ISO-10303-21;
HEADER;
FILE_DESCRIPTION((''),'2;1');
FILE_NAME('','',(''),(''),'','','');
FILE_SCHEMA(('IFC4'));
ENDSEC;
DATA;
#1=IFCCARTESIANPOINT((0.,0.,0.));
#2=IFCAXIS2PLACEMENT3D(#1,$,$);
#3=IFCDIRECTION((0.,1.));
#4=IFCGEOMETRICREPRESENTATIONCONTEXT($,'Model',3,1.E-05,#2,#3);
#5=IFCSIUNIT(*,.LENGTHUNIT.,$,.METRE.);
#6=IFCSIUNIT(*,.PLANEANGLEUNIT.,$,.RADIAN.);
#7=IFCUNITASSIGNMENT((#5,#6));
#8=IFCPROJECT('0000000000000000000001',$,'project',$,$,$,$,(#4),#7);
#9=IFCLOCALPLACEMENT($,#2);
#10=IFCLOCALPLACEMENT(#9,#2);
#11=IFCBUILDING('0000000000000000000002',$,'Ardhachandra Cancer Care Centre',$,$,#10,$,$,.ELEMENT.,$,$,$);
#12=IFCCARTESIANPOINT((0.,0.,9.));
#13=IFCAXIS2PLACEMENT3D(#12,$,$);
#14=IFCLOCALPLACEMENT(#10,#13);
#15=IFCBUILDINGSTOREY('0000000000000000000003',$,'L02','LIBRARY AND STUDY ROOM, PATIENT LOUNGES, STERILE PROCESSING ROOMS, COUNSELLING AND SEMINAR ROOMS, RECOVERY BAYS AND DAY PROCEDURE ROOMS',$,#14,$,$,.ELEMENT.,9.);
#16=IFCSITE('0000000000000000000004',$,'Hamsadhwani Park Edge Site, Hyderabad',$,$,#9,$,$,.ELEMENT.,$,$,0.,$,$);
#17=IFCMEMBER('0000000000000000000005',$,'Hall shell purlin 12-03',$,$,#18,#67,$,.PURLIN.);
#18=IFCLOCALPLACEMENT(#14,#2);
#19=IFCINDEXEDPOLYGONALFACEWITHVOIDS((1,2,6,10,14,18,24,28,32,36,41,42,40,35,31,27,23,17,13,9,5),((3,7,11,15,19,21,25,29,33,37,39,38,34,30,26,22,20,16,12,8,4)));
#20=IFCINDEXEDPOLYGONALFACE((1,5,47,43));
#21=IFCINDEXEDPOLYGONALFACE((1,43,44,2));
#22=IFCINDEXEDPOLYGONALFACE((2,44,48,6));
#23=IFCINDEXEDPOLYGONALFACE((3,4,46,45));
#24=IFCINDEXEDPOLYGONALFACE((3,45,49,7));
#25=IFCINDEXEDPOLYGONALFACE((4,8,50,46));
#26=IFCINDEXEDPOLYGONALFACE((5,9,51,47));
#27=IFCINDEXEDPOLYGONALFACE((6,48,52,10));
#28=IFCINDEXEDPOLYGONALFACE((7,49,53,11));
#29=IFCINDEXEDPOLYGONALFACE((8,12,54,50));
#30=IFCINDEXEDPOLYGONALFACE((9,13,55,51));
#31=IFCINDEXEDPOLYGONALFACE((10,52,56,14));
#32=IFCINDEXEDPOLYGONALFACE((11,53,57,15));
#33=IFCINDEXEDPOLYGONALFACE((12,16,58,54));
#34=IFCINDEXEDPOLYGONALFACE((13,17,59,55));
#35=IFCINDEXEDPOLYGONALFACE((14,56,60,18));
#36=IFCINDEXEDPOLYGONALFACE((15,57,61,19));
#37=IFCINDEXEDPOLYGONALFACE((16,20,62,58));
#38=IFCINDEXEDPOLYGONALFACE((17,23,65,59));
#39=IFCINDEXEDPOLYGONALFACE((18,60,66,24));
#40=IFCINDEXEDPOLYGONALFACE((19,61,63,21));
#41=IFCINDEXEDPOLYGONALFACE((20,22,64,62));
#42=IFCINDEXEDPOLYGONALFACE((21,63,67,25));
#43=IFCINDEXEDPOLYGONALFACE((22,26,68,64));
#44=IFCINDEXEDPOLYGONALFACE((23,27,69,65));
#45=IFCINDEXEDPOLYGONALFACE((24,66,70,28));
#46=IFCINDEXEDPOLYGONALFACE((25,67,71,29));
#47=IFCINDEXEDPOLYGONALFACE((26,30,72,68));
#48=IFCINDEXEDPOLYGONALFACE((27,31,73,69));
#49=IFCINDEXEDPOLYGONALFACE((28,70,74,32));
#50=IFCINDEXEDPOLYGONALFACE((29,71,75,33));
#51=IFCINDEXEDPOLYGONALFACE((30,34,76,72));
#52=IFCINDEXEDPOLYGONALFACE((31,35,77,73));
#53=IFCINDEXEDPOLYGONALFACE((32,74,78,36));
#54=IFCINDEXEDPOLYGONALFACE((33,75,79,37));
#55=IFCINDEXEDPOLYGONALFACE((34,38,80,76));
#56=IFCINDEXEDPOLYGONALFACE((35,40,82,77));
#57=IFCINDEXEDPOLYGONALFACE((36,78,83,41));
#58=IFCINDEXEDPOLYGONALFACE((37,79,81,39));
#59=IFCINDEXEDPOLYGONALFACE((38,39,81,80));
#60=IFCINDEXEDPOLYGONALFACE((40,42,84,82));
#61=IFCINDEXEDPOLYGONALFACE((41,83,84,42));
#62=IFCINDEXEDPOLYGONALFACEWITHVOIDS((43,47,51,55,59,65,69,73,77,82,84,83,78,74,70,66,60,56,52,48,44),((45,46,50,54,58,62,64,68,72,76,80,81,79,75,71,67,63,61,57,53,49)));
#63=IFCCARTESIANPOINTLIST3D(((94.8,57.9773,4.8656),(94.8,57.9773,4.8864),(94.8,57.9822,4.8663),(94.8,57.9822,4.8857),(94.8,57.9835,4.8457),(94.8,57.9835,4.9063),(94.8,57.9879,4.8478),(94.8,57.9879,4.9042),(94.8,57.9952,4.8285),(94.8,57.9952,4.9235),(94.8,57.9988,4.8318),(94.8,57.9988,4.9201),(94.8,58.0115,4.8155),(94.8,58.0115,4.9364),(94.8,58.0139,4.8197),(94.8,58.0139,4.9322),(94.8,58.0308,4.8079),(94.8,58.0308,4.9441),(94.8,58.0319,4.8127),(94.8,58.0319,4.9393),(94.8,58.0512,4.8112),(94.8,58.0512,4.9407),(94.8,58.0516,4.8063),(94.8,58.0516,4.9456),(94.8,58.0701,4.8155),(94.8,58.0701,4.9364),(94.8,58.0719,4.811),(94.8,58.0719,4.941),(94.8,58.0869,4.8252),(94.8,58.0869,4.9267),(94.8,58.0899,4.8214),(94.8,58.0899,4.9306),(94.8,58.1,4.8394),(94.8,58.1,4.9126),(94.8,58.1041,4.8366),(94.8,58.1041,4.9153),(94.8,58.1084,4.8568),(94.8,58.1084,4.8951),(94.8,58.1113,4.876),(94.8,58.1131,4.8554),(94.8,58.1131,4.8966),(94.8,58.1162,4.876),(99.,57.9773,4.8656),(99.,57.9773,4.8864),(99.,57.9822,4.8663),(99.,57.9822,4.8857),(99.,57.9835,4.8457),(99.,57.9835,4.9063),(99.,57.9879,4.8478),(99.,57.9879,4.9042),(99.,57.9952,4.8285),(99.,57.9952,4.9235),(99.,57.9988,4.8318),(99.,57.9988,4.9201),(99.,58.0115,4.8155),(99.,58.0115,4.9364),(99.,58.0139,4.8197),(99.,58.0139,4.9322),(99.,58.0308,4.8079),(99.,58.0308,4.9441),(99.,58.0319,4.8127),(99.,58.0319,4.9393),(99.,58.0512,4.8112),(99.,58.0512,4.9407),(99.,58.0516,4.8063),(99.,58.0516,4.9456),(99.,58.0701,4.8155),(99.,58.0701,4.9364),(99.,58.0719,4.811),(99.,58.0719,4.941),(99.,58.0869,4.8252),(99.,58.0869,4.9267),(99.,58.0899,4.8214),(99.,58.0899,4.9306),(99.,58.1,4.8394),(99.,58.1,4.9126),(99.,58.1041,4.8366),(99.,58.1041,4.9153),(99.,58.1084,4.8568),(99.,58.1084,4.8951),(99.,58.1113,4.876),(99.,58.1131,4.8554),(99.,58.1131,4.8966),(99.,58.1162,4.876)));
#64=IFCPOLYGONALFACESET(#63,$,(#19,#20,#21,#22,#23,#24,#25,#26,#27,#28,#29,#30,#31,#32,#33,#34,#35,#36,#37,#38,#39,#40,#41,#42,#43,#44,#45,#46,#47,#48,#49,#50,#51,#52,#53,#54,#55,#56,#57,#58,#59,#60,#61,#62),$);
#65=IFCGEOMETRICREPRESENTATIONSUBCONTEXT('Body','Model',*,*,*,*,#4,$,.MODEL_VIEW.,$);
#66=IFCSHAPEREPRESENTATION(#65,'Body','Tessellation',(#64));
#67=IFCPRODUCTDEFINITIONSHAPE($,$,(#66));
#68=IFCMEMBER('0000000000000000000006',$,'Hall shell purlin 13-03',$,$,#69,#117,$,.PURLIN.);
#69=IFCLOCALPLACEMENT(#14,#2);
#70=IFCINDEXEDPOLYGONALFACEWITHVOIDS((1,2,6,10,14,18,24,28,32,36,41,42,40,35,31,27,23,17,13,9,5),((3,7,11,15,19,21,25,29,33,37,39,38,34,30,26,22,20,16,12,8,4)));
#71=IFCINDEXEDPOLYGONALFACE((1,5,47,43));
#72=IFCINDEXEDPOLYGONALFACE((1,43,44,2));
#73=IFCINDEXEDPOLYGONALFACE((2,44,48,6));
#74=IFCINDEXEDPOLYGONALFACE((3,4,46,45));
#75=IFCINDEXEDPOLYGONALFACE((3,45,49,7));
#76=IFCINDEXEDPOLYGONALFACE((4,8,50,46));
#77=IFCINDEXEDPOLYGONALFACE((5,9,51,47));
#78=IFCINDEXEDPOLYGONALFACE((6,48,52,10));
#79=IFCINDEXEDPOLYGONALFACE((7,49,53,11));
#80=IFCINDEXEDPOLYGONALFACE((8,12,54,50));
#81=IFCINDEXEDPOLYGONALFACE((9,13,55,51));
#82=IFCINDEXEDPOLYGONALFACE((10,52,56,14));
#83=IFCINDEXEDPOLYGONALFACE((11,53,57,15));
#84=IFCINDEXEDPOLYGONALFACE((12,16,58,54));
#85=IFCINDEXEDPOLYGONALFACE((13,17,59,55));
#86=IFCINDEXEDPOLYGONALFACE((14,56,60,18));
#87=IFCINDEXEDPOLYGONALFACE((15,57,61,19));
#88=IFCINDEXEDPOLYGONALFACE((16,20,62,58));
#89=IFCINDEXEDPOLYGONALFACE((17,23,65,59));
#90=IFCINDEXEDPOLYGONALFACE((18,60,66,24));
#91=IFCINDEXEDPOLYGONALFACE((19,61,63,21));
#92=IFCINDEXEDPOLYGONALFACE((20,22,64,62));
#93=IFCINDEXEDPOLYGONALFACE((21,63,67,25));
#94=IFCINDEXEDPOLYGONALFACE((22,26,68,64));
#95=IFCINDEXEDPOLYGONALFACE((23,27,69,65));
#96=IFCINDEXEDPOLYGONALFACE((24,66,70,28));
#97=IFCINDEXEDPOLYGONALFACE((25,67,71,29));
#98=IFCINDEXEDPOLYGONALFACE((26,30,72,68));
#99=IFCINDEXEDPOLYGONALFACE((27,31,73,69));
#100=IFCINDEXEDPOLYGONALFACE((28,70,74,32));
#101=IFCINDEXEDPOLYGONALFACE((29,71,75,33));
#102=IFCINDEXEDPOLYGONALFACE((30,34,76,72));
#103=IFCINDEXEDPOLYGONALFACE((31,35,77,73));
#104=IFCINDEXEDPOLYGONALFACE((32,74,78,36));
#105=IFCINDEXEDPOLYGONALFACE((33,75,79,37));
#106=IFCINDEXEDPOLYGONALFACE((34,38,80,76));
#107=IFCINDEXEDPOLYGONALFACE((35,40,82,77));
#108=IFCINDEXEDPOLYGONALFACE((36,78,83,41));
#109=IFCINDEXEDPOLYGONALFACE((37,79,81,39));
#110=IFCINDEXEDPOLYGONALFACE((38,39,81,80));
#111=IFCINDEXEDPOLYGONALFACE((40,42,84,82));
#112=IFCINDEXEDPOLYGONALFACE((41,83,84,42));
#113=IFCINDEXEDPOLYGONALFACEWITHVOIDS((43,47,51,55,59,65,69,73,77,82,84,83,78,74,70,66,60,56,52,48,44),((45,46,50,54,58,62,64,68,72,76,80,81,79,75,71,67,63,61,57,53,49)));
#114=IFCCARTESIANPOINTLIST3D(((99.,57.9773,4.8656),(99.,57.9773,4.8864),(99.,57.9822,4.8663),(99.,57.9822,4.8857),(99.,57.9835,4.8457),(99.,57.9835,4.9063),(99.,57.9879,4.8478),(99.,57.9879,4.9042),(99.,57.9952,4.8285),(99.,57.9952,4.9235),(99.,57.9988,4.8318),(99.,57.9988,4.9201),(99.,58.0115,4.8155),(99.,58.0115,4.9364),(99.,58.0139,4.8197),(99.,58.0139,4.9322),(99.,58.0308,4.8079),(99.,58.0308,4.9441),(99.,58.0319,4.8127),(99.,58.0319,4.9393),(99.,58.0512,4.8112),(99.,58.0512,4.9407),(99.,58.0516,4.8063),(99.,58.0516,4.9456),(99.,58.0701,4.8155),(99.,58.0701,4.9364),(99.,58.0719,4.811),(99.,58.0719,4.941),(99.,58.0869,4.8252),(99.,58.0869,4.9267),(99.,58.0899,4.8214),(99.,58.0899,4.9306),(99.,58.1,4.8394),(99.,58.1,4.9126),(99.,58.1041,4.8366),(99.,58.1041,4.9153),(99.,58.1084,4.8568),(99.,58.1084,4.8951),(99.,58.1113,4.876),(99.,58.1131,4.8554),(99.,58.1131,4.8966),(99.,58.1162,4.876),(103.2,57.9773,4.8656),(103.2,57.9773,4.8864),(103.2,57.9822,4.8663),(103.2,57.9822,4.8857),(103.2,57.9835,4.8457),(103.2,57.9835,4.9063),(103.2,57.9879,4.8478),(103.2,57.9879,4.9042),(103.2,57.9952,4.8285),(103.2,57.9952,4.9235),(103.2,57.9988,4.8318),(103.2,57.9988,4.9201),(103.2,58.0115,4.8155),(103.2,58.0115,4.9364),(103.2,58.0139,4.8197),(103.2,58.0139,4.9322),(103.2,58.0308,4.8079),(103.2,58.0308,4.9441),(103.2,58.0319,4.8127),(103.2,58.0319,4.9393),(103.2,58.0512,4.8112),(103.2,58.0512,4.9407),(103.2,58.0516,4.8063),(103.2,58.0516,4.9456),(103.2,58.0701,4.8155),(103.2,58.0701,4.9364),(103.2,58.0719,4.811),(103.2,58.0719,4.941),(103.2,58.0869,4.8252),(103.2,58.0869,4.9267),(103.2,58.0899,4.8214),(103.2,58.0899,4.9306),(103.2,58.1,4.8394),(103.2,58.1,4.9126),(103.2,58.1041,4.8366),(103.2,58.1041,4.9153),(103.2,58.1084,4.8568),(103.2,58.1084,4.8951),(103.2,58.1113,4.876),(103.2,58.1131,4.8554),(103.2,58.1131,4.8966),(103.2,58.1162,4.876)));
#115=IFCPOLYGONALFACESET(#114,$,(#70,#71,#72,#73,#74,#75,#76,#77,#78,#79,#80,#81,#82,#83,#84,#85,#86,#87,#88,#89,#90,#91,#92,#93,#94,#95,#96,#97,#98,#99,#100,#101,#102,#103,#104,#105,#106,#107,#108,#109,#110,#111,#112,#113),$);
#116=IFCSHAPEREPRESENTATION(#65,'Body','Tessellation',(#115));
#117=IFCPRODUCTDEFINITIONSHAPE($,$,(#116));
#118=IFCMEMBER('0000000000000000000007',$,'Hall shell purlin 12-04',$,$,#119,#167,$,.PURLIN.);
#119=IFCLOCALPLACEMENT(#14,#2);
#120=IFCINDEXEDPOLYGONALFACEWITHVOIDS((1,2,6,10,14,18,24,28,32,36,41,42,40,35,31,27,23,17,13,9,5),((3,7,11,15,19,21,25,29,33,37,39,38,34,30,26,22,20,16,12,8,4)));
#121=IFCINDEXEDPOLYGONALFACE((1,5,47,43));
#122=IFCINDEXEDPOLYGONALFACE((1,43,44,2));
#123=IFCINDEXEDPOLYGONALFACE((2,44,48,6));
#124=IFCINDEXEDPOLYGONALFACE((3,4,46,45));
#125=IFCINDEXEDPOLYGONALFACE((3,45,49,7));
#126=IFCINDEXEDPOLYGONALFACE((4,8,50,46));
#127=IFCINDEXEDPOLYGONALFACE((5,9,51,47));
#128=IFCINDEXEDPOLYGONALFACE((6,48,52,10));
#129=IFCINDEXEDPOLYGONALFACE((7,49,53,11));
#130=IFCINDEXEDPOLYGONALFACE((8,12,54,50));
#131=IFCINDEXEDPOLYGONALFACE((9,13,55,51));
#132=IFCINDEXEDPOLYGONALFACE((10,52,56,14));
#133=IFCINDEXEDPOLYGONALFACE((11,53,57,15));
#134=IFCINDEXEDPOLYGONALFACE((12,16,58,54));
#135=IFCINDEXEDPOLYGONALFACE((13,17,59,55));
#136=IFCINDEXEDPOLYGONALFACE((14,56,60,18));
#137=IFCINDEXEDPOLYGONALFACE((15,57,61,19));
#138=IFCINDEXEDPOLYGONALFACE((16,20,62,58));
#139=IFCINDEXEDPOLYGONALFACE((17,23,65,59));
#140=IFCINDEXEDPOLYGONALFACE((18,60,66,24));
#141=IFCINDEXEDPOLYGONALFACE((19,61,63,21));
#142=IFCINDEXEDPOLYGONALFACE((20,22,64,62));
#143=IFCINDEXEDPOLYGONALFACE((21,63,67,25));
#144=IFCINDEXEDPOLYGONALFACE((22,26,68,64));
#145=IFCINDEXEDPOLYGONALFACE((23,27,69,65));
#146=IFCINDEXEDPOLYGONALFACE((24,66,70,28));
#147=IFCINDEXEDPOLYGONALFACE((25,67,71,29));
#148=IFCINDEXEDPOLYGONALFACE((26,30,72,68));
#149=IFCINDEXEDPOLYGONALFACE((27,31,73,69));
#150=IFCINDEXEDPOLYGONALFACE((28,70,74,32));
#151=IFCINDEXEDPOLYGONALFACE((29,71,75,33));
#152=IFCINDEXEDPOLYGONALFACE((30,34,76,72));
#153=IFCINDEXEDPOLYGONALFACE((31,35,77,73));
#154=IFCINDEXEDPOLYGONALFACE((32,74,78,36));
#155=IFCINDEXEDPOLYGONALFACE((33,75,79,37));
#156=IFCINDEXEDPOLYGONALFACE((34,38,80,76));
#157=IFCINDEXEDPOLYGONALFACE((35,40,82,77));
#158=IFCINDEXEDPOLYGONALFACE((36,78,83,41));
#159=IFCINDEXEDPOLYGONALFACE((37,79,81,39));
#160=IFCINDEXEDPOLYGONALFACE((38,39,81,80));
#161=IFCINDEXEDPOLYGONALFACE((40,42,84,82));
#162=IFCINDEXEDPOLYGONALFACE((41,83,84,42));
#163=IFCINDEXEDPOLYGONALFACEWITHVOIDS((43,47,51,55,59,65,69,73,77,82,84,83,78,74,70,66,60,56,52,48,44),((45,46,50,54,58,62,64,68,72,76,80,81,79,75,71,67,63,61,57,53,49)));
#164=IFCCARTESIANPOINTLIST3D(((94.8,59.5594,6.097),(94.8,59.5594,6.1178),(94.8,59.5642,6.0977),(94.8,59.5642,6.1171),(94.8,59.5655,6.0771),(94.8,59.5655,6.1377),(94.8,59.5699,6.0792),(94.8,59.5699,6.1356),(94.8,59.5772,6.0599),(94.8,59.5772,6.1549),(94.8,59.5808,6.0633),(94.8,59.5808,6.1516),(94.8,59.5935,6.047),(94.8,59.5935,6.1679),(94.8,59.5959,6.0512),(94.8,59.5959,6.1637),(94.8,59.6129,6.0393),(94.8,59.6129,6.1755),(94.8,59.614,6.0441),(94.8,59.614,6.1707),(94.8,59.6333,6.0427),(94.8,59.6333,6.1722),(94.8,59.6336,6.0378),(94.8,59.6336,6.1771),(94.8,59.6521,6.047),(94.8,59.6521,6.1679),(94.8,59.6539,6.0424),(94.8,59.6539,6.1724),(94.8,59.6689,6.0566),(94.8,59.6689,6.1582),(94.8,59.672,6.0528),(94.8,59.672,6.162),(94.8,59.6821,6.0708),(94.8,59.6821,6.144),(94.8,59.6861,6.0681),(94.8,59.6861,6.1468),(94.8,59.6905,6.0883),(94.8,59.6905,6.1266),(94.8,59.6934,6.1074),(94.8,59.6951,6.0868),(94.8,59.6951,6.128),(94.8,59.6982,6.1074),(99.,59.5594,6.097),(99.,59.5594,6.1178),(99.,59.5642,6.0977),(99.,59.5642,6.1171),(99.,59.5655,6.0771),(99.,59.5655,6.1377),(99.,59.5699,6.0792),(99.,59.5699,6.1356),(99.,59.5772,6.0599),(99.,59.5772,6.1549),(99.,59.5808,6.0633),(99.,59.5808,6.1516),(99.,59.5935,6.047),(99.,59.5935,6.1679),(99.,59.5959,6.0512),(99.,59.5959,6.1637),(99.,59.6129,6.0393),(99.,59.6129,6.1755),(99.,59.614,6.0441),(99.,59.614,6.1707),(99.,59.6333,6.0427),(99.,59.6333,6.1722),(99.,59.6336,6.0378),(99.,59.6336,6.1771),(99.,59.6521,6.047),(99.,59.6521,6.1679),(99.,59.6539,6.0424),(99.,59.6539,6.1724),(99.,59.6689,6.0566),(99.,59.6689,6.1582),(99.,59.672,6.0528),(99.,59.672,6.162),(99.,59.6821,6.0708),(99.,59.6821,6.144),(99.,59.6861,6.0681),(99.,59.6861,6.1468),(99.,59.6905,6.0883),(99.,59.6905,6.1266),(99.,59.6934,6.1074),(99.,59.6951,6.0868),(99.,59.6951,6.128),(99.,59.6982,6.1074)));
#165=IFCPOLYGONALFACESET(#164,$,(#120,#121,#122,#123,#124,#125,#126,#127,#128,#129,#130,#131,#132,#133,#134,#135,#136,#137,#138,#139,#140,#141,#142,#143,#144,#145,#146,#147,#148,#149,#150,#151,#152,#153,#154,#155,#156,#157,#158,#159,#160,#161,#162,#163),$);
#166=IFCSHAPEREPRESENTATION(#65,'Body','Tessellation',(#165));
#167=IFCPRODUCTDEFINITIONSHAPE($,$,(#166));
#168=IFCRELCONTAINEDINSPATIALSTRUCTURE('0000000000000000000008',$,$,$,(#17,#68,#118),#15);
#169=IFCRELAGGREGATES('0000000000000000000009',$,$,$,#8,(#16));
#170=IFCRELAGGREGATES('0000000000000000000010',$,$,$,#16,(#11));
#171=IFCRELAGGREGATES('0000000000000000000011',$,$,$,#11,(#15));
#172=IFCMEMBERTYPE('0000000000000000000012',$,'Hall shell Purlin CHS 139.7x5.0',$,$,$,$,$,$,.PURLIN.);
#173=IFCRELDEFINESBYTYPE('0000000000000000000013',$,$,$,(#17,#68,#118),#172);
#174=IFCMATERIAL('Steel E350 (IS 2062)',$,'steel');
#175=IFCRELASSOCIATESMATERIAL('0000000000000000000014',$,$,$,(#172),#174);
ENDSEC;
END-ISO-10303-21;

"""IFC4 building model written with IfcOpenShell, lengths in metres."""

from ifc_helpers import new_model, si_unit, direction, frame, origin, origin_2d, place, context, subcontext, project, spatial, hollow_circle, extrude, material, material_profile, profile_set, type_object, element, save


model = new_model("IFC4")

# Units and contexts
model_context = context("Model", 3, precision=1e-05, world=origin(), true_north=direction((0.0, 1.0)))
body_context = subcontext(model_context, "Body", "Model", "MODEL_VIEW")
ifc_project = project(units=[si_unit("LENGTHUNIT", "METRE"), si_unit("PLANEANGLEUNIT", "RADIAN")], contexts=[model_context])

# Site, building, storey
site_placement = place(None, origin())
site = spatial("IfcSite", under=ifc_project, at=site_placement, Name="Hamsadhwani Park Edge Site, Hyderabad", CompositionType="ELEMENT", RefElevation=0.0)
building_placement = place(site_placement, origin())
building = spatial("IfcBuilding", under=site, at=building_placement, Name="Ardhachandra Cancer Care Centre", CompositionType="ELEMENT")
storey_placement = place(building_placement, frame((0.0, 0.0, 9.0)))
storey = spatial("IfcBuildingStorey", under=building, at=storey_placement, Name="L02", Description="LIBRARY AND STUDY ROOM, PATIENT LOUNGES, STERILE PROCESSING ROOMS, COUNSELLING AND SEMINAR ROOMS, RECOVERY BAYS AND DAY PROCEDURE ROOMS", CompositionType="ELEMENT", Elevation=9.0)

# Members
ifc_material_1 = material(Name="Steel E350 (IS 2062)", Category="steel")
ifc_material_profile_1 = material_profile(ifc_material_1, hollow_circle(Radius=0.0698, WallThickness=0.0049, at=origin_2d()), Name="CHS 139.7x5.0")
ifc_profile_set_1 = profile_set([ifc_material_profile_1], Name="Steel E350 (IS 2062)")
member_type_1 = type_object("IfcMemberType", Name="Hall shell Purlin CHS 139.7x5.0", PredefinedType="PURLIN", material=ifc_profile_set_1)
for number, where, z_axis, x_axis, name in (
    (1, (94.8, 58.0464, 4.876), (1.0, 0.0, 0.0), (0.0, 1.0, 0.0), "Hall shell purlin 12-03"),
    (2, (99.0, 58.0464, 4.876), (1.0, 0.0, 0.0), (0.0, 1.0, 0.0), "Hall shell purlin 13-03"),
    (3, (94.8, 59.6284, 6.1074), (1.0, 0.0, 0.0), (0.0, 1.0, 0.0), "Hall shell purlin 12-04"),
):
    element("IfcMember", number, at=place(storey_placement, frame(where, z_axis=z_axis, x_axis=x_axis)), inside=storey, type_object=member_type_1, Name=name, PredefinedType="PURLIN", context=body_context, shape_type="SweptSolid", body=[
        extrude(hollow_circle(Radius=0.0698, WallThickness=0.0049, at=origin_2d()), origin(), (0.0, 0.0, 1.0), 4.2),
    ])

save(model, "model.ifc")
